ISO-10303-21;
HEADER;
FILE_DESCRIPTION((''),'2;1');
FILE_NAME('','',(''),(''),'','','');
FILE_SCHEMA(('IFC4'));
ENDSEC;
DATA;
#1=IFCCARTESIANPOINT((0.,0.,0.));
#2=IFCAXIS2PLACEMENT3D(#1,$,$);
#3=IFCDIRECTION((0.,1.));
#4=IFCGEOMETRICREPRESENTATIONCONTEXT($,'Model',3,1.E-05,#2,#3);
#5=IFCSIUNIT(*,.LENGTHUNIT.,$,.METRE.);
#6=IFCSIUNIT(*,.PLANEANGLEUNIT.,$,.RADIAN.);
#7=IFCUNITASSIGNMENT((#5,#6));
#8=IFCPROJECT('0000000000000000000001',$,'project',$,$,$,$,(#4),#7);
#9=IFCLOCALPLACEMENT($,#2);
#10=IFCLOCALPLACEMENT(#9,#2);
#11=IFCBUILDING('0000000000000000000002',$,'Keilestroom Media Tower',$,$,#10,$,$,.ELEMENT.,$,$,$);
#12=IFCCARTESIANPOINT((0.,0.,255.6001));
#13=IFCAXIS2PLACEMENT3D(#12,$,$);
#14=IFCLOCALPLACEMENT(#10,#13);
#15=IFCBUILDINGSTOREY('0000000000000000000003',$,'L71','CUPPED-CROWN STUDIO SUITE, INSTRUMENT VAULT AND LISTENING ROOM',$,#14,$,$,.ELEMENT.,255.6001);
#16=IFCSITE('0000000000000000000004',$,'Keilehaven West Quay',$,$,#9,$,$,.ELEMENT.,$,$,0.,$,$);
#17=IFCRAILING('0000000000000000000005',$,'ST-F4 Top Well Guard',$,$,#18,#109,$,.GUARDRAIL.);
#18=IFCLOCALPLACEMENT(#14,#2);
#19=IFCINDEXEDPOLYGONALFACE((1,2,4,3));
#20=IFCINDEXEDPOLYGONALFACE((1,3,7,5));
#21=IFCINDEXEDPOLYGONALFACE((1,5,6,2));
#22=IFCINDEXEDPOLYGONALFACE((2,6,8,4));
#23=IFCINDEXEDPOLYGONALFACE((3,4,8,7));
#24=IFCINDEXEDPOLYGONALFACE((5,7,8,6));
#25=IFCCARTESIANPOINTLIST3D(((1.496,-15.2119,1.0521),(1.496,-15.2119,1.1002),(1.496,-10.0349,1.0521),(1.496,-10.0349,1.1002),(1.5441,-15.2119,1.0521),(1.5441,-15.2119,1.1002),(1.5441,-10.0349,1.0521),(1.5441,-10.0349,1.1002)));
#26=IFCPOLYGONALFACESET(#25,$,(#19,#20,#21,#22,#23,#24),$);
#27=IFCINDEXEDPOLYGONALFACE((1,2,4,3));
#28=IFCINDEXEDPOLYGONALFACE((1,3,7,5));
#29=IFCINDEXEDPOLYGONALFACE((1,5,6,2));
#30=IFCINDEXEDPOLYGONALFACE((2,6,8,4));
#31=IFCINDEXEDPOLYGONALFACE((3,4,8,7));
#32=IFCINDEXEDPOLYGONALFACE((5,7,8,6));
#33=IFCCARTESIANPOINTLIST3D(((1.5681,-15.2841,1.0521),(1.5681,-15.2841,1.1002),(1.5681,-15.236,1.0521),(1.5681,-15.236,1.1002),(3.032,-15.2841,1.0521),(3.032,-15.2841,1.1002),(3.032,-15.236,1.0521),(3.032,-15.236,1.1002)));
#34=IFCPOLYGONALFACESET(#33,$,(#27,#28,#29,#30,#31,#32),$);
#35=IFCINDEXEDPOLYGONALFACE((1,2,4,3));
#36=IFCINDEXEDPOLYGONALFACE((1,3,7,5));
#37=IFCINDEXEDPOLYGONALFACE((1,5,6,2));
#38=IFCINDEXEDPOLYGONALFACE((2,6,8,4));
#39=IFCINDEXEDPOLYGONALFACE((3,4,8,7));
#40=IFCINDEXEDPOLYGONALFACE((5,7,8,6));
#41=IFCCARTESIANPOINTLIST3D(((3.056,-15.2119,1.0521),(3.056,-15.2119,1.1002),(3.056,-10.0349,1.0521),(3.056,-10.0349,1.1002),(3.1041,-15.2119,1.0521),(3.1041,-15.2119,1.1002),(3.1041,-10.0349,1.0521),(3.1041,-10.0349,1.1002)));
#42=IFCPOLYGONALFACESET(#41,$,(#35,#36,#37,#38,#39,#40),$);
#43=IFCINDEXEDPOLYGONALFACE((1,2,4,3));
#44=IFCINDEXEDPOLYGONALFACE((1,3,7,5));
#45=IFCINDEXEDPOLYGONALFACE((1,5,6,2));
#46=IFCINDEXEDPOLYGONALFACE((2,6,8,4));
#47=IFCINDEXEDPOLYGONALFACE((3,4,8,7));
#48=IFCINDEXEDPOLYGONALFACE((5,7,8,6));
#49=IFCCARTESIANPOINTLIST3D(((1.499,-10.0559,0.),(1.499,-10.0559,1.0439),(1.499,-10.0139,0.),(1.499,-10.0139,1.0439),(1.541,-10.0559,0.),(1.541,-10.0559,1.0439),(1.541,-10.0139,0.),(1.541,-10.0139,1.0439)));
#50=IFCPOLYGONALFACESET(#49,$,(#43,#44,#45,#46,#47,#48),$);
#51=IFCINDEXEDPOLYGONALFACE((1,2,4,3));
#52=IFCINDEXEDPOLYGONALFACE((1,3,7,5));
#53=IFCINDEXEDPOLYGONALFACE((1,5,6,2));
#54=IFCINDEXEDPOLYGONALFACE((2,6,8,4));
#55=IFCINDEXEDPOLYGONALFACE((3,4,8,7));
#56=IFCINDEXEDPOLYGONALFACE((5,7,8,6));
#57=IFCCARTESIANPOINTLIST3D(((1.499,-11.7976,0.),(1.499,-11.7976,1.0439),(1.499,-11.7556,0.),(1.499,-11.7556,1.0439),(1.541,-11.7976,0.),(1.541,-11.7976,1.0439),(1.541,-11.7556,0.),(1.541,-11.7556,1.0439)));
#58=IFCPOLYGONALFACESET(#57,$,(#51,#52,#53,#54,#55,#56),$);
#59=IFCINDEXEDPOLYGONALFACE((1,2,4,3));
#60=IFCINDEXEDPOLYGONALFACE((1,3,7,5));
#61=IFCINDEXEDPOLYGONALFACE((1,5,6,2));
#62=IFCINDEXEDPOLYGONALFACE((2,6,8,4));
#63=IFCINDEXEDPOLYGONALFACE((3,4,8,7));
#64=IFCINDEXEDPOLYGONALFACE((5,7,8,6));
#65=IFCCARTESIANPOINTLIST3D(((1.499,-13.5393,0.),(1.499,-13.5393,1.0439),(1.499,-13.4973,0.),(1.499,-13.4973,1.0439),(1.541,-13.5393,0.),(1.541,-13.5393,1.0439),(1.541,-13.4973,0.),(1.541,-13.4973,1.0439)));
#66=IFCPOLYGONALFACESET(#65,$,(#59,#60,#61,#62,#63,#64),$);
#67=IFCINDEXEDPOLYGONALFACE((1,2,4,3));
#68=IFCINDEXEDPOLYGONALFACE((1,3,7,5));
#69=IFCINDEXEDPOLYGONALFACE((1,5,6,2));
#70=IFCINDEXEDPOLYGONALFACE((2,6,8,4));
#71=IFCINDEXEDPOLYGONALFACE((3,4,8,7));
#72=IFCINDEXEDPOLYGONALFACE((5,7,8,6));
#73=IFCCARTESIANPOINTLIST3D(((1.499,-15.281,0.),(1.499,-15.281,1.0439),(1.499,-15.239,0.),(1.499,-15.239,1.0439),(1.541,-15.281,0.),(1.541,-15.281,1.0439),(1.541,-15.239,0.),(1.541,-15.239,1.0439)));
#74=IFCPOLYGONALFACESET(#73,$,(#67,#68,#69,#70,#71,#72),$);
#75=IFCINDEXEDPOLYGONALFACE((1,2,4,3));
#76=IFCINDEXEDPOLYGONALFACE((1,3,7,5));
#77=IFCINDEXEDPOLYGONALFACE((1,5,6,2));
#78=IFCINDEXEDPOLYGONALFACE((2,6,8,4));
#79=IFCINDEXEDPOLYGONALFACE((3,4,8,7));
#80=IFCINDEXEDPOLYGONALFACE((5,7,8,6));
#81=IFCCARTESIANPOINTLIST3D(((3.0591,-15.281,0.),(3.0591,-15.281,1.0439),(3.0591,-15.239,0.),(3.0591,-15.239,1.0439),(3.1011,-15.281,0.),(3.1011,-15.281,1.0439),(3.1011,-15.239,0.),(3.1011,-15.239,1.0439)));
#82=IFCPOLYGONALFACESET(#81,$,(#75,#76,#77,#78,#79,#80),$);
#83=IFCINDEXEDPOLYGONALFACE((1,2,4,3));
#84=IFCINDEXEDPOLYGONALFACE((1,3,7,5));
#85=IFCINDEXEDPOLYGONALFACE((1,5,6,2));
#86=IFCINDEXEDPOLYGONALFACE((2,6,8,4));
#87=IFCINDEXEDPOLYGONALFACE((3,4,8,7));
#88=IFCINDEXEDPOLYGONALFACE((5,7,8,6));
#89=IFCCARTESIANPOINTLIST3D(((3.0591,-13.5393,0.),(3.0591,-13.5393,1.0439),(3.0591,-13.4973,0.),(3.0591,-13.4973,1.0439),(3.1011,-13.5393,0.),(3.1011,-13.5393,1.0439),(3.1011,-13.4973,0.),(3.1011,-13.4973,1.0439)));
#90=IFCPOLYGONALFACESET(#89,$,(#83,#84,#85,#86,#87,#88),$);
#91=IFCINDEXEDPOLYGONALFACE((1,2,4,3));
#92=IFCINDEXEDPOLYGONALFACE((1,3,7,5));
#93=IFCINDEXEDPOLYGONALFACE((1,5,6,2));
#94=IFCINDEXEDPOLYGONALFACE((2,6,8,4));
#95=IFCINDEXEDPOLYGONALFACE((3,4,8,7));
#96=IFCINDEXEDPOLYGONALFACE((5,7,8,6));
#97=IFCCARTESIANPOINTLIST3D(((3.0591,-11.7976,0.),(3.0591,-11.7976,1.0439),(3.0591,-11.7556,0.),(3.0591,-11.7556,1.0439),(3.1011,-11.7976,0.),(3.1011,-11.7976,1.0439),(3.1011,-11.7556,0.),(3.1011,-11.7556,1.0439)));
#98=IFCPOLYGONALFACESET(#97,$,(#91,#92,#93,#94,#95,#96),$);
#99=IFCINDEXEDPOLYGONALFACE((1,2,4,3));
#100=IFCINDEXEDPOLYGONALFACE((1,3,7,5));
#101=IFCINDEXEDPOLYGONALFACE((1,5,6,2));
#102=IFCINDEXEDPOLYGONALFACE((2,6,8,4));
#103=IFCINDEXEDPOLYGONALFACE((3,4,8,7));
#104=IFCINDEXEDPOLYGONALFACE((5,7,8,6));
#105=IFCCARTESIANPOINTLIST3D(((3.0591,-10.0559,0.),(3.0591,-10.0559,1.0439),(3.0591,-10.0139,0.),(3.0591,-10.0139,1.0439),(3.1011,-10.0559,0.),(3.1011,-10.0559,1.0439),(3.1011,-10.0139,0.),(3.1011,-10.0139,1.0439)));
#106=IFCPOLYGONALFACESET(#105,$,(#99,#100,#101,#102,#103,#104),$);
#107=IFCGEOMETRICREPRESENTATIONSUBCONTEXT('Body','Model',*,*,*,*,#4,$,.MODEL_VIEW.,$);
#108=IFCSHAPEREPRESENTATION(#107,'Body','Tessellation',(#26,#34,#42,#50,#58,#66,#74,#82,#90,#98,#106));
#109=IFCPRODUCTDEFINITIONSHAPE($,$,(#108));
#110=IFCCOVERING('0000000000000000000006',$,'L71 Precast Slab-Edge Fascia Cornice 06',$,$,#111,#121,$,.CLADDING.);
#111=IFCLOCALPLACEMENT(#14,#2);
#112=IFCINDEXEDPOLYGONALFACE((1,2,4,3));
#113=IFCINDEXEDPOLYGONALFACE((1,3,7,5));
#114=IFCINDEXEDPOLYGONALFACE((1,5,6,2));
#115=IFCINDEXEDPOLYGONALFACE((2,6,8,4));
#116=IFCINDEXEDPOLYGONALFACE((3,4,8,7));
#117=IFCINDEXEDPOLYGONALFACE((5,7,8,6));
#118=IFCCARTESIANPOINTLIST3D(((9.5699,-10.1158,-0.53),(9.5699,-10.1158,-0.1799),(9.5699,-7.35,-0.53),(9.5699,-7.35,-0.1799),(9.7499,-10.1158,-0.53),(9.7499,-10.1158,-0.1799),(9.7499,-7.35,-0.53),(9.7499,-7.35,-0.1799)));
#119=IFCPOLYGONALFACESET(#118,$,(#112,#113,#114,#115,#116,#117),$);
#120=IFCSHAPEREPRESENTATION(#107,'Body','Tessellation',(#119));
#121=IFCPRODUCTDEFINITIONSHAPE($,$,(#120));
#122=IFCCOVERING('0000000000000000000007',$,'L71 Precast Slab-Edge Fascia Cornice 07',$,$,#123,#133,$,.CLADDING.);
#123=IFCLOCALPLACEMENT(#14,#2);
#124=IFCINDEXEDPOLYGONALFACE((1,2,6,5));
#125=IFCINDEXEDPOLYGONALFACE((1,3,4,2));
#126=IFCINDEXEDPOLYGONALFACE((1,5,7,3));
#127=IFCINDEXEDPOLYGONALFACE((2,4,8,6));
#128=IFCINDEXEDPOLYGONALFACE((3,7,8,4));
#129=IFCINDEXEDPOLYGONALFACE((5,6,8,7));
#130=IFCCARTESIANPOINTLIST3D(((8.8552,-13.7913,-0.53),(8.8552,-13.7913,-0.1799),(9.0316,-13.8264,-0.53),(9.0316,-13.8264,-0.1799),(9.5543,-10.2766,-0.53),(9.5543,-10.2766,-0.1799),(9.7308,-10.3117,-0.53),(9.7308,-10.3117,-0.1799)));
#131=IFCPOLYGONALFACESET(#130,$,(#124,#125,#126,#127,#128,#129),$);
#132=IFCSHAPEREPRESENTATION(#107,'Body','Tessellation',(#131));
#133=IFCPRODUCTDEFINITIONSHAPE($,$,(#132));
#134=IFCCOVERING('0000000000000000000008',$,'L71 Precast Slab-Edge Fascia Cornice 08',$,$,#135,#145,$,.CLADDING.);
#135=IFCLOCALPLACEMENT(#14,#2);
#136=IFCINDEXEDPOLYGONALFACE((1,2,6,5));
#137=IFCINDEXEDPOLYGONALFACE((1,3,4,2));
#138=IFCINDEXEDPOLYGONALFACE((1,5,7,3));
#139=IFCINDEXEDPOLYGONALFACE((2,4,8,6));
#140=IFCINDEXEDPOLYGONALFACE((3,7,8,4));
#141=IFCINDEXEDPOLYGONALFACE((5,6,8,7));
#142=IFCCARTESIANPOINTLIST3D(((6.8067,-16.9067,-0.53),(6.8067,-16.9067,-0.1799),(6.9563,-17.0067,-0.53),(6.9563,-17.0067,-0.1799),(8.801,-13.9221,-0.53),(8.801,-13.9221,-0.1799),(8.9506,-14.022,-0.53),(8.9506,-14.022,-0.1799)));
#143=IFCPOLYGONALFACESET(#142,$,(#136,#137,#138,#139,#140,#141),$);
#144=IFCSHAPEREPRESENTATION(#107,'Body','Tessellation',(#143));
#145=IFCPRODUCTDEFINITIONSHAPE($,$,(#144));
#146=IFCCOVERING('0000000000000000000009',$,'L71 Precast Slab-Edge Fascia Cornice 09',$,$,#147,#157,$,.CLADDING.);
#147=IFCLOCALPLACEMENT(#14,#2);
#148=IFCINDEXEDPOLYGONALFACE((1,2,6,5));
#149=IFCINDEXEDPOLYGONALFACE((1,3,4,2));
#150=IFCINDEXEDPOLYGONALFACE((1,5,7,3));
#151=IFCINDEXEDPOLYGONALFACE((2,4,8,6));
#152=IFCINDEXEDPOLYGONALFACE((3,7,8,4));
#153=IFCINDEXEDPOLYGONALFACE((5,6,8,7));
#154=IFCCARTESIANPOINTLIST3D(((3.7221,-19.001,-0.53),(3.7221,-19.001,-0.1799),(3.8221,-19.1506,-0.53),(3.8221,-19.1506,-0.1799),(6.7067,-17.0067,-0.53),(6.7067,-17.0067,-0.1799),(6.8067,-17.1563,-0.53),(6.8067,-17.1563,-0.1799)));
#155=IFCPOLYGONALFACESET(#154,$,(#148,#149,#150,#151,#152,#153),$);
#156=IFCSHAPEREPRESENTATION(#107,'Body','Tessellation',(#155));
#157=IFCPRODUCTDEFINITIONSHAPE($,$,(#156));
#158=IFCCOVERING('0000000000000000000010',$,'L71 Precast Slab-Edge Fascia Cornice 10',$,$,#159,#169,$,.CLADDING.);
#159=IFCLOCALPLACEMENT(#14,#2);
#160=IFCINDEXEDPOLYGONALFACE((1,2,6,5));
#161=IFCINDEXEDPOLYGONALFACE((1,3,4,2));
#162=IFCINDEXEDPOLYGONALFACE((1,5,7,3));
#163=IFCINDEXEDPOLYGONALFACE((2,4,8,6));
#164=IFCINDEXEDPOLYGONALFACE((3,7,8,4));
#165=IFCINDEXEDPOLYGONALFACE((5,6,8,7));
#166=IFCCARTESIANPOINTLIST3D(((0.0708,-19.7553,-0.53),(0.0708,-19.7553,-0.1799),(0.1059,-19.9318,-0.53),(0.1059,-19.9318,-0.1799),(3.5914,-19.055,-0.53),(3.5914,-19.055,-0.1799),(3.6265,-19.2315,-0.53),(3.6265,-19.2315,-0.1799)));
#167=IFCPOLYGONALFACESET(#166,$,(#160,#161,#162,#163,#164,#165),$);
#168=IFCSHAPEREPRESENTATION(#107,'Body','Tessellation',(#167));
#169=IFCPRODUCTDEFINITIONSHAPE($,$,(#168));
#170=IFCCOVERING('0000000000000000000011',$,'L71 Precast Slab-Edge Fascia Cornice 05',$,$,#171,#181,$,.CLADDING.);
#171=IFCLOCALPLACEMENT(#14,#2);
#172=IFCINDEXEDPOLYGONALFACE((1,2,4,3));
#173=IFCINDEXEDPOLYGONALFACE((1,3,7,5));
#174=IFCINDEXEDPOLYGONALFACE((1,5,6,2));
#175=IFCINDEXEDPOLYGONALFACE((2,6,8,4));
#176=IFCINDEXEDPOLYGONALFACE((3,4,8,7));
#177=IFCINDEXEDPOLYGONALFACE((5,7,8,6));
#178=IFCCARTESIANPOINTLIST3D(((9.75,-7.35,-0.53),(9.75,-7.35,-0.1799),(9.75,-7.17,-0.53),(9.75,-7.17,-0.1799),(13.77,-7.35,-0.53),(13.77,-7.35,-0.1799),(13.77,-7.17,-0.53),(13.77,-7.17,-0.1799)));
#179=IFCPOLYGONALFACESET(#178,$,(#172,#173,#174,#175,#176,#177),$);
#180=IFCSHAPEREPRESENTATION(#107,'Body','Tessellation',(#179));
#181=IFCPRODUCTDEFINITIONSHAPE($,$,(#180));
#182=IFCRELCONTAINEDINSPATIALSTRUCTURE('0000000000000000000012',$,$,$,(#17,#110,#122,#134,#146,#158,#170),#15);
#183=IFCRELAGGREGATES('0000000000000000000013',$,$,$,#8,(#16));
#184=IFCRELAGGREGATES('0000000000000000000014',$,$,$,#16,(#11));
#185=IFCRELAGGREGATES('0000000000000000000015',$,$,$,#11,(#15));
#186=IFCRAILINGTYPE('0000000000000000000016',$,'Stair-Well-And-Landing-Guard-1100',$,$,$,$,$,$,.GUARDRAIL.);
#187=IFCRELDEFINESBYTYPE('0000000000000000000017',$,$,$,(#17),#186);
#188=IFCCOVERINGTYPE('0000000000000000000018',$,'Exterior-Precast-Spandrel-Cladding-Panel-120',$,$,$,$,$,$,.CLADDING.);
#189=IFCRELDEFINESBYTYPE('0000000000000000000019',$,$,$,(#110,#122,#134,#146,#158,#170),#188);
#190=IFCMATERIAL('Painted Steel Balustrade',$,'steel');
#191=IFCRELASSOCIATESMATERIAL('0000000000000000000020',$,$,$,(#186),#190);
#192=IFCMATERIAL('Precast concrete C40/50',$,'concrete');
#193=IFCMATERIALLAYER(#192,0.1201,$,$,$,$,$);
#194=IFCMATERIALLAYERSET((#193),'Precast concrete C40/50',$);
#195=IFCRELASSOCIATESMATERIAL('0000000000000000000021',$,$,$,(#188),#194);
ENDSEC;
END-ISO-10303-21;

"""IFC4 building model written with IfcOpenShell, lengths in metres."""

from ifc_helpers import new_model, si_unit, direction, frame, origin, origin_2d, place, context, subcontext, project, spatial, rectangle, extrude, source, transform, mapped, material, layer, layer_set, type_object, element, save


model = new_model("IFC4")

# Units and contexts
model_context = context("Model", 3, precision=1e-05, world=origin(), true_north=direction((0.0, 1.0)))
body_context = subcontext(model_context, "Body", "Model", "MODEL_VIEW")
ifc_project = project(units=[si_unit("LENGTHUNIT", "METRE"), si_unit("PLANEANGLEUNIT", "RADIAN")], contexts=[model_context])

# Site, building, storey
site_placement = place(None, origin())
site = spatial("IfcSite", under=ifc_project, at=site_placement, Name="Keilehaven West Quay", CompositionType="ELEMENT", RefElevation=0.0)
building_placement = place(site_placement, origin())
building = spatial("IfcBuilding", under=site, at=building_placement, Name="Keilestroom Media Tower", CompositionType="ELEMENT")
storey_placement = place(building_placement, frame((0.0, 0.0, 255.6001)))
storey = spatial("IfcBuildingStorey", under=building, at=storey_placement, Name="L71", Description="CUPPED-CROWN STUDIO SUITE, INSTRUMENT VAULT AND LISTENING ROOM", CompositionType="ELEMENT", Elevation=255.6001)

# Shared definitions
ifc_material_1 = material(Name="Precast concrete C40/50", Category="concrete")

# Railing
ifc_material_2 = material(Name="Painted Steel Balustrade", Category="steel")
railing_type = type_object("IfcRailingType", Name="Stair-Well-And-Landing-Guard-1100", PredefinedType="GUARDRAIL", material=ifc_material_2)
railing_placement = place(storey_placement, frame((1.52, -10.0349, 0.0)))
element("IfcRailing", 1, at=railing_placement, inside=storey, type_object=railing_type, Name="ST-F4 Top Well Guard", PredefinedType="GUARDRAIL", context=body_context, shape_type="SweptSolid", body=[
    extrude(rectangle(XDim=0.0481, YDim=0.0481, at=origin_2d()), frame((0.0, 0.0, 1.0762), z_axis=(0.0, -1.0, 0.0), x_axis=(1.0, 0.0, 0.0)), (0.0, 0.0, 1.0), 5.177),
    extrude(rectangle(XDim=0.0481, YDim=0.0481, at=origin_2d()), frame((0.0481, -5.2251, 1.0762), z_axis=(1.0, 0.0, 0.0), x_axis=(0.0, 1.0, 0.0)), (0.0, 0.0, 1.0), 1.4639),
    extrude(rectangle(XDim=0.0481, YDim=0.0481, at=origin_2d()), frame((1.5601, -5.177, 1.0762), z_axis=(0.0, 1.0, 0.0), x_axis=(-1.0, 0.0, 0.0)), (0.0, 0.0, 1.0), 5.177),
    extrude(rectangle(XDim=0.042, YDim=0.042, at=origin_2d()), origin(), (0.0, 0.0, 1.0), 1.0439),
    extrude(rectangle(XDim=0.042, YDim=0.042, at=origin_2d()), frame((0.0, -1.7417, 0.0)), (0.0, 0.0, 1.0), 1.0439),
    extrude(rectangle(XDim=0.042, YDim=0.042, at=origin_2d()), frame((0.0, -3.4834, 0.0)), (0.0, 0.0, 1.0), 1.0439),
    extrude(rectangle(XDim=0.042, YDim=0.042, at=origin_2d()), frame((0.0, -5.2251, 0.0)), (0.0, 0.0, 1.0), 1.0439),
    extrude(rectangle(XDim=0.042, YDim=0.042, at=origin_2d()), frame((1.5601, -5.2251, 0.0)), (0.0, 0.0, 1.0), 1.0439),
    extrude(rectangle(XDim=0.042, YDim=0.042, at=origin_2d()), frame((1.5601, -3.4834, 0.0)), (0.0, 0.0, 1.0), 1.0439),
    extrude(rectangle(XDim=0.042, YDim=0.042, at=origin_2d()), frame((1.5601, -1.7417, 0.0)), (0.0, 0.0, 1.0), 1.0439),
    extrude(rectangle(XDim=0.042, YDim=0.042, at=origin_2d()), frame((1.5601, 0.0, 0.0)), (0.0, 0.0, 1.0), 1.0439),
])

# Coverings
ifc_layer_1 = layer(ifc_material_1, 0.1201)
ifc_layer_set_1 = layer_set([ifc_layer_1], Name="Precast concrete C40/50")
covering_type = type_object("IfcCoveringType", Name="Exterior-Precast-Spandrel-Cladding-Panel-120", PredefinedType="CLADDING", material=ifc_layer_set_1)
shared_shape_1 = source(origin(), body_context, "Body", "SweptSolid", [
    extrude(rectangle(XDim=2.7659, YDim=0.1799, at=origin_2d()), origin(), (0.0, 0.0, 1.0), 0.3501),
])
covering_1_placement = place(storey_placement, frame((9.6599, -8.7329, -0.53), z_axis=(0.0, 0.0, 1.0), x_axis=(0.0, -1.0, 0.0)))
element("IfcCovering", 2, at=covering_1_placement, inside=storey, type_object=covering_type, Name="L71 Precast Slab-Edge Fascia Cornice 06", PredefinedType="CLADDING", context=body_context, shape_type="MappedRepresentation", body=[
    mapped(shared_shape_1, transform((0.0, 0.0, 0.0), x_axis=(1.0, 0.0, 0.0), y_axis=(0.0, 1.0, 0.0), z_axis=(0.0, 0.0, 1.0), scale=1.0)),
])
shared_shape_2 = source(origin(), body_context, "Body", "SweptSolid", [
    extrude(rectangle(XDim=3.5835, YDim=0.1799, at=origin_2d()), origin(), (0.0, 0.0, 1.0), 0.3501),
])
covering_2_placement = place(storey_placement, frame((9.293, -12.0515, -0.53), z_axis=(0.0, 0.0, 1.0), x_axis=(-0.195099, -0.980784, 0.0)))
element("IfcCovering", 3, at=covering_2_placement, inside=storey, type_object=covering_type, Name="L71 Precast Slab-Edge Fascia Cornice 07", PredefinedType="CLADDING", context=body_context, shape_type="MappedRepresentation", body=[
    mapped(shared_shape_2, transform((0.0, 0.0, 0.0), x_axis=(1.0, 0.0, 0.0), y_axis=(0.0, 1.0, 0.0), z_axis=(0.0, 0.0, 1.0), scale=1.0)),
])
shared_shape_3 = source(origin(), body_context, "Body", "SweptSolid", [
    extrude(rectangle(XDim=3.5896, YDim=0.1799, at=origin_2d()), origin(), (0.0, 0.0, 1.0), 0.3501),
])
for number, where, z_axis, x_axis, name in (
    (4, (7.8787, -15.4644, -0.53), (0.0, 0.0, 1.0), (-0.555575, -0.831467, 0.0), "L71 Precast Slab-Edge Fascia Cornice 08"),
    (5, (5.2644, -18.0786, -0.53), (0.0, 0.0, 1.0), (-0.831467, -0.555575, 0.0), "L71 Precast Slab-Edge Fascia Cornice 09"),
    (6, (1.8486, -19.4934, -0.53), (0.0, 0.0, 1.0), (-0.980784, -0.195099, 0.0), "L71 Precast Slab-Edge Fascia Cornice 10"),
):
    element("IfcCovering", number, at=place(storey_placement, frame(where, z_axis=z_axis, x_axis=x_axis)), inside=storey, type_object=covering_type, Name=name, PredefinedType="CLADDING", context=body_context, shape_type="MappedRepresentation", body=[
        mapped(shared_shape_3, transform((0.0, 0.0, 0.0), x_axis=(1.0, 0.0, 0.0), y_axis=(0.0, 1.0, 0.0), z_axis=(0.0, 0.0, 1.0), scale=1.0)),
    ])
shared_shape_4 = source(origin(), body_context, "Body", "SweptSolid", [
    extrude(rectangle(XDim=4.02, YDim=0.1799, at=origin_2d()), origin(), (0.0, 0.0, 1.0), 0.3501),
])
covering_3_placement = place(storey_placement, frame((11.76, -7.26, -0.53), z_axis=(0.0, 0.0, 1.0), x_axis=(-1.0, 0.0, 0.0)))
element("IfcCovering", 7, at=covering_3_placement, inside=storey, type_object=covering_type, Name="L71 Precast Slab-Edge Fascia Cornice 05", PredefinedType="CLADDING", context=body_context, shape_type="MappedRepresentation", body=[
    mapped(shared_shape_4, transform((0.0, 0.0, 0.0), x_axis=(1.0, 0.0, 0.0), y_axis=(0.0, 1.0, 0.0), z_axis=(0.0, 0.0, 1.0), scale=1.0)),
])

save(model, "model.ifc")
